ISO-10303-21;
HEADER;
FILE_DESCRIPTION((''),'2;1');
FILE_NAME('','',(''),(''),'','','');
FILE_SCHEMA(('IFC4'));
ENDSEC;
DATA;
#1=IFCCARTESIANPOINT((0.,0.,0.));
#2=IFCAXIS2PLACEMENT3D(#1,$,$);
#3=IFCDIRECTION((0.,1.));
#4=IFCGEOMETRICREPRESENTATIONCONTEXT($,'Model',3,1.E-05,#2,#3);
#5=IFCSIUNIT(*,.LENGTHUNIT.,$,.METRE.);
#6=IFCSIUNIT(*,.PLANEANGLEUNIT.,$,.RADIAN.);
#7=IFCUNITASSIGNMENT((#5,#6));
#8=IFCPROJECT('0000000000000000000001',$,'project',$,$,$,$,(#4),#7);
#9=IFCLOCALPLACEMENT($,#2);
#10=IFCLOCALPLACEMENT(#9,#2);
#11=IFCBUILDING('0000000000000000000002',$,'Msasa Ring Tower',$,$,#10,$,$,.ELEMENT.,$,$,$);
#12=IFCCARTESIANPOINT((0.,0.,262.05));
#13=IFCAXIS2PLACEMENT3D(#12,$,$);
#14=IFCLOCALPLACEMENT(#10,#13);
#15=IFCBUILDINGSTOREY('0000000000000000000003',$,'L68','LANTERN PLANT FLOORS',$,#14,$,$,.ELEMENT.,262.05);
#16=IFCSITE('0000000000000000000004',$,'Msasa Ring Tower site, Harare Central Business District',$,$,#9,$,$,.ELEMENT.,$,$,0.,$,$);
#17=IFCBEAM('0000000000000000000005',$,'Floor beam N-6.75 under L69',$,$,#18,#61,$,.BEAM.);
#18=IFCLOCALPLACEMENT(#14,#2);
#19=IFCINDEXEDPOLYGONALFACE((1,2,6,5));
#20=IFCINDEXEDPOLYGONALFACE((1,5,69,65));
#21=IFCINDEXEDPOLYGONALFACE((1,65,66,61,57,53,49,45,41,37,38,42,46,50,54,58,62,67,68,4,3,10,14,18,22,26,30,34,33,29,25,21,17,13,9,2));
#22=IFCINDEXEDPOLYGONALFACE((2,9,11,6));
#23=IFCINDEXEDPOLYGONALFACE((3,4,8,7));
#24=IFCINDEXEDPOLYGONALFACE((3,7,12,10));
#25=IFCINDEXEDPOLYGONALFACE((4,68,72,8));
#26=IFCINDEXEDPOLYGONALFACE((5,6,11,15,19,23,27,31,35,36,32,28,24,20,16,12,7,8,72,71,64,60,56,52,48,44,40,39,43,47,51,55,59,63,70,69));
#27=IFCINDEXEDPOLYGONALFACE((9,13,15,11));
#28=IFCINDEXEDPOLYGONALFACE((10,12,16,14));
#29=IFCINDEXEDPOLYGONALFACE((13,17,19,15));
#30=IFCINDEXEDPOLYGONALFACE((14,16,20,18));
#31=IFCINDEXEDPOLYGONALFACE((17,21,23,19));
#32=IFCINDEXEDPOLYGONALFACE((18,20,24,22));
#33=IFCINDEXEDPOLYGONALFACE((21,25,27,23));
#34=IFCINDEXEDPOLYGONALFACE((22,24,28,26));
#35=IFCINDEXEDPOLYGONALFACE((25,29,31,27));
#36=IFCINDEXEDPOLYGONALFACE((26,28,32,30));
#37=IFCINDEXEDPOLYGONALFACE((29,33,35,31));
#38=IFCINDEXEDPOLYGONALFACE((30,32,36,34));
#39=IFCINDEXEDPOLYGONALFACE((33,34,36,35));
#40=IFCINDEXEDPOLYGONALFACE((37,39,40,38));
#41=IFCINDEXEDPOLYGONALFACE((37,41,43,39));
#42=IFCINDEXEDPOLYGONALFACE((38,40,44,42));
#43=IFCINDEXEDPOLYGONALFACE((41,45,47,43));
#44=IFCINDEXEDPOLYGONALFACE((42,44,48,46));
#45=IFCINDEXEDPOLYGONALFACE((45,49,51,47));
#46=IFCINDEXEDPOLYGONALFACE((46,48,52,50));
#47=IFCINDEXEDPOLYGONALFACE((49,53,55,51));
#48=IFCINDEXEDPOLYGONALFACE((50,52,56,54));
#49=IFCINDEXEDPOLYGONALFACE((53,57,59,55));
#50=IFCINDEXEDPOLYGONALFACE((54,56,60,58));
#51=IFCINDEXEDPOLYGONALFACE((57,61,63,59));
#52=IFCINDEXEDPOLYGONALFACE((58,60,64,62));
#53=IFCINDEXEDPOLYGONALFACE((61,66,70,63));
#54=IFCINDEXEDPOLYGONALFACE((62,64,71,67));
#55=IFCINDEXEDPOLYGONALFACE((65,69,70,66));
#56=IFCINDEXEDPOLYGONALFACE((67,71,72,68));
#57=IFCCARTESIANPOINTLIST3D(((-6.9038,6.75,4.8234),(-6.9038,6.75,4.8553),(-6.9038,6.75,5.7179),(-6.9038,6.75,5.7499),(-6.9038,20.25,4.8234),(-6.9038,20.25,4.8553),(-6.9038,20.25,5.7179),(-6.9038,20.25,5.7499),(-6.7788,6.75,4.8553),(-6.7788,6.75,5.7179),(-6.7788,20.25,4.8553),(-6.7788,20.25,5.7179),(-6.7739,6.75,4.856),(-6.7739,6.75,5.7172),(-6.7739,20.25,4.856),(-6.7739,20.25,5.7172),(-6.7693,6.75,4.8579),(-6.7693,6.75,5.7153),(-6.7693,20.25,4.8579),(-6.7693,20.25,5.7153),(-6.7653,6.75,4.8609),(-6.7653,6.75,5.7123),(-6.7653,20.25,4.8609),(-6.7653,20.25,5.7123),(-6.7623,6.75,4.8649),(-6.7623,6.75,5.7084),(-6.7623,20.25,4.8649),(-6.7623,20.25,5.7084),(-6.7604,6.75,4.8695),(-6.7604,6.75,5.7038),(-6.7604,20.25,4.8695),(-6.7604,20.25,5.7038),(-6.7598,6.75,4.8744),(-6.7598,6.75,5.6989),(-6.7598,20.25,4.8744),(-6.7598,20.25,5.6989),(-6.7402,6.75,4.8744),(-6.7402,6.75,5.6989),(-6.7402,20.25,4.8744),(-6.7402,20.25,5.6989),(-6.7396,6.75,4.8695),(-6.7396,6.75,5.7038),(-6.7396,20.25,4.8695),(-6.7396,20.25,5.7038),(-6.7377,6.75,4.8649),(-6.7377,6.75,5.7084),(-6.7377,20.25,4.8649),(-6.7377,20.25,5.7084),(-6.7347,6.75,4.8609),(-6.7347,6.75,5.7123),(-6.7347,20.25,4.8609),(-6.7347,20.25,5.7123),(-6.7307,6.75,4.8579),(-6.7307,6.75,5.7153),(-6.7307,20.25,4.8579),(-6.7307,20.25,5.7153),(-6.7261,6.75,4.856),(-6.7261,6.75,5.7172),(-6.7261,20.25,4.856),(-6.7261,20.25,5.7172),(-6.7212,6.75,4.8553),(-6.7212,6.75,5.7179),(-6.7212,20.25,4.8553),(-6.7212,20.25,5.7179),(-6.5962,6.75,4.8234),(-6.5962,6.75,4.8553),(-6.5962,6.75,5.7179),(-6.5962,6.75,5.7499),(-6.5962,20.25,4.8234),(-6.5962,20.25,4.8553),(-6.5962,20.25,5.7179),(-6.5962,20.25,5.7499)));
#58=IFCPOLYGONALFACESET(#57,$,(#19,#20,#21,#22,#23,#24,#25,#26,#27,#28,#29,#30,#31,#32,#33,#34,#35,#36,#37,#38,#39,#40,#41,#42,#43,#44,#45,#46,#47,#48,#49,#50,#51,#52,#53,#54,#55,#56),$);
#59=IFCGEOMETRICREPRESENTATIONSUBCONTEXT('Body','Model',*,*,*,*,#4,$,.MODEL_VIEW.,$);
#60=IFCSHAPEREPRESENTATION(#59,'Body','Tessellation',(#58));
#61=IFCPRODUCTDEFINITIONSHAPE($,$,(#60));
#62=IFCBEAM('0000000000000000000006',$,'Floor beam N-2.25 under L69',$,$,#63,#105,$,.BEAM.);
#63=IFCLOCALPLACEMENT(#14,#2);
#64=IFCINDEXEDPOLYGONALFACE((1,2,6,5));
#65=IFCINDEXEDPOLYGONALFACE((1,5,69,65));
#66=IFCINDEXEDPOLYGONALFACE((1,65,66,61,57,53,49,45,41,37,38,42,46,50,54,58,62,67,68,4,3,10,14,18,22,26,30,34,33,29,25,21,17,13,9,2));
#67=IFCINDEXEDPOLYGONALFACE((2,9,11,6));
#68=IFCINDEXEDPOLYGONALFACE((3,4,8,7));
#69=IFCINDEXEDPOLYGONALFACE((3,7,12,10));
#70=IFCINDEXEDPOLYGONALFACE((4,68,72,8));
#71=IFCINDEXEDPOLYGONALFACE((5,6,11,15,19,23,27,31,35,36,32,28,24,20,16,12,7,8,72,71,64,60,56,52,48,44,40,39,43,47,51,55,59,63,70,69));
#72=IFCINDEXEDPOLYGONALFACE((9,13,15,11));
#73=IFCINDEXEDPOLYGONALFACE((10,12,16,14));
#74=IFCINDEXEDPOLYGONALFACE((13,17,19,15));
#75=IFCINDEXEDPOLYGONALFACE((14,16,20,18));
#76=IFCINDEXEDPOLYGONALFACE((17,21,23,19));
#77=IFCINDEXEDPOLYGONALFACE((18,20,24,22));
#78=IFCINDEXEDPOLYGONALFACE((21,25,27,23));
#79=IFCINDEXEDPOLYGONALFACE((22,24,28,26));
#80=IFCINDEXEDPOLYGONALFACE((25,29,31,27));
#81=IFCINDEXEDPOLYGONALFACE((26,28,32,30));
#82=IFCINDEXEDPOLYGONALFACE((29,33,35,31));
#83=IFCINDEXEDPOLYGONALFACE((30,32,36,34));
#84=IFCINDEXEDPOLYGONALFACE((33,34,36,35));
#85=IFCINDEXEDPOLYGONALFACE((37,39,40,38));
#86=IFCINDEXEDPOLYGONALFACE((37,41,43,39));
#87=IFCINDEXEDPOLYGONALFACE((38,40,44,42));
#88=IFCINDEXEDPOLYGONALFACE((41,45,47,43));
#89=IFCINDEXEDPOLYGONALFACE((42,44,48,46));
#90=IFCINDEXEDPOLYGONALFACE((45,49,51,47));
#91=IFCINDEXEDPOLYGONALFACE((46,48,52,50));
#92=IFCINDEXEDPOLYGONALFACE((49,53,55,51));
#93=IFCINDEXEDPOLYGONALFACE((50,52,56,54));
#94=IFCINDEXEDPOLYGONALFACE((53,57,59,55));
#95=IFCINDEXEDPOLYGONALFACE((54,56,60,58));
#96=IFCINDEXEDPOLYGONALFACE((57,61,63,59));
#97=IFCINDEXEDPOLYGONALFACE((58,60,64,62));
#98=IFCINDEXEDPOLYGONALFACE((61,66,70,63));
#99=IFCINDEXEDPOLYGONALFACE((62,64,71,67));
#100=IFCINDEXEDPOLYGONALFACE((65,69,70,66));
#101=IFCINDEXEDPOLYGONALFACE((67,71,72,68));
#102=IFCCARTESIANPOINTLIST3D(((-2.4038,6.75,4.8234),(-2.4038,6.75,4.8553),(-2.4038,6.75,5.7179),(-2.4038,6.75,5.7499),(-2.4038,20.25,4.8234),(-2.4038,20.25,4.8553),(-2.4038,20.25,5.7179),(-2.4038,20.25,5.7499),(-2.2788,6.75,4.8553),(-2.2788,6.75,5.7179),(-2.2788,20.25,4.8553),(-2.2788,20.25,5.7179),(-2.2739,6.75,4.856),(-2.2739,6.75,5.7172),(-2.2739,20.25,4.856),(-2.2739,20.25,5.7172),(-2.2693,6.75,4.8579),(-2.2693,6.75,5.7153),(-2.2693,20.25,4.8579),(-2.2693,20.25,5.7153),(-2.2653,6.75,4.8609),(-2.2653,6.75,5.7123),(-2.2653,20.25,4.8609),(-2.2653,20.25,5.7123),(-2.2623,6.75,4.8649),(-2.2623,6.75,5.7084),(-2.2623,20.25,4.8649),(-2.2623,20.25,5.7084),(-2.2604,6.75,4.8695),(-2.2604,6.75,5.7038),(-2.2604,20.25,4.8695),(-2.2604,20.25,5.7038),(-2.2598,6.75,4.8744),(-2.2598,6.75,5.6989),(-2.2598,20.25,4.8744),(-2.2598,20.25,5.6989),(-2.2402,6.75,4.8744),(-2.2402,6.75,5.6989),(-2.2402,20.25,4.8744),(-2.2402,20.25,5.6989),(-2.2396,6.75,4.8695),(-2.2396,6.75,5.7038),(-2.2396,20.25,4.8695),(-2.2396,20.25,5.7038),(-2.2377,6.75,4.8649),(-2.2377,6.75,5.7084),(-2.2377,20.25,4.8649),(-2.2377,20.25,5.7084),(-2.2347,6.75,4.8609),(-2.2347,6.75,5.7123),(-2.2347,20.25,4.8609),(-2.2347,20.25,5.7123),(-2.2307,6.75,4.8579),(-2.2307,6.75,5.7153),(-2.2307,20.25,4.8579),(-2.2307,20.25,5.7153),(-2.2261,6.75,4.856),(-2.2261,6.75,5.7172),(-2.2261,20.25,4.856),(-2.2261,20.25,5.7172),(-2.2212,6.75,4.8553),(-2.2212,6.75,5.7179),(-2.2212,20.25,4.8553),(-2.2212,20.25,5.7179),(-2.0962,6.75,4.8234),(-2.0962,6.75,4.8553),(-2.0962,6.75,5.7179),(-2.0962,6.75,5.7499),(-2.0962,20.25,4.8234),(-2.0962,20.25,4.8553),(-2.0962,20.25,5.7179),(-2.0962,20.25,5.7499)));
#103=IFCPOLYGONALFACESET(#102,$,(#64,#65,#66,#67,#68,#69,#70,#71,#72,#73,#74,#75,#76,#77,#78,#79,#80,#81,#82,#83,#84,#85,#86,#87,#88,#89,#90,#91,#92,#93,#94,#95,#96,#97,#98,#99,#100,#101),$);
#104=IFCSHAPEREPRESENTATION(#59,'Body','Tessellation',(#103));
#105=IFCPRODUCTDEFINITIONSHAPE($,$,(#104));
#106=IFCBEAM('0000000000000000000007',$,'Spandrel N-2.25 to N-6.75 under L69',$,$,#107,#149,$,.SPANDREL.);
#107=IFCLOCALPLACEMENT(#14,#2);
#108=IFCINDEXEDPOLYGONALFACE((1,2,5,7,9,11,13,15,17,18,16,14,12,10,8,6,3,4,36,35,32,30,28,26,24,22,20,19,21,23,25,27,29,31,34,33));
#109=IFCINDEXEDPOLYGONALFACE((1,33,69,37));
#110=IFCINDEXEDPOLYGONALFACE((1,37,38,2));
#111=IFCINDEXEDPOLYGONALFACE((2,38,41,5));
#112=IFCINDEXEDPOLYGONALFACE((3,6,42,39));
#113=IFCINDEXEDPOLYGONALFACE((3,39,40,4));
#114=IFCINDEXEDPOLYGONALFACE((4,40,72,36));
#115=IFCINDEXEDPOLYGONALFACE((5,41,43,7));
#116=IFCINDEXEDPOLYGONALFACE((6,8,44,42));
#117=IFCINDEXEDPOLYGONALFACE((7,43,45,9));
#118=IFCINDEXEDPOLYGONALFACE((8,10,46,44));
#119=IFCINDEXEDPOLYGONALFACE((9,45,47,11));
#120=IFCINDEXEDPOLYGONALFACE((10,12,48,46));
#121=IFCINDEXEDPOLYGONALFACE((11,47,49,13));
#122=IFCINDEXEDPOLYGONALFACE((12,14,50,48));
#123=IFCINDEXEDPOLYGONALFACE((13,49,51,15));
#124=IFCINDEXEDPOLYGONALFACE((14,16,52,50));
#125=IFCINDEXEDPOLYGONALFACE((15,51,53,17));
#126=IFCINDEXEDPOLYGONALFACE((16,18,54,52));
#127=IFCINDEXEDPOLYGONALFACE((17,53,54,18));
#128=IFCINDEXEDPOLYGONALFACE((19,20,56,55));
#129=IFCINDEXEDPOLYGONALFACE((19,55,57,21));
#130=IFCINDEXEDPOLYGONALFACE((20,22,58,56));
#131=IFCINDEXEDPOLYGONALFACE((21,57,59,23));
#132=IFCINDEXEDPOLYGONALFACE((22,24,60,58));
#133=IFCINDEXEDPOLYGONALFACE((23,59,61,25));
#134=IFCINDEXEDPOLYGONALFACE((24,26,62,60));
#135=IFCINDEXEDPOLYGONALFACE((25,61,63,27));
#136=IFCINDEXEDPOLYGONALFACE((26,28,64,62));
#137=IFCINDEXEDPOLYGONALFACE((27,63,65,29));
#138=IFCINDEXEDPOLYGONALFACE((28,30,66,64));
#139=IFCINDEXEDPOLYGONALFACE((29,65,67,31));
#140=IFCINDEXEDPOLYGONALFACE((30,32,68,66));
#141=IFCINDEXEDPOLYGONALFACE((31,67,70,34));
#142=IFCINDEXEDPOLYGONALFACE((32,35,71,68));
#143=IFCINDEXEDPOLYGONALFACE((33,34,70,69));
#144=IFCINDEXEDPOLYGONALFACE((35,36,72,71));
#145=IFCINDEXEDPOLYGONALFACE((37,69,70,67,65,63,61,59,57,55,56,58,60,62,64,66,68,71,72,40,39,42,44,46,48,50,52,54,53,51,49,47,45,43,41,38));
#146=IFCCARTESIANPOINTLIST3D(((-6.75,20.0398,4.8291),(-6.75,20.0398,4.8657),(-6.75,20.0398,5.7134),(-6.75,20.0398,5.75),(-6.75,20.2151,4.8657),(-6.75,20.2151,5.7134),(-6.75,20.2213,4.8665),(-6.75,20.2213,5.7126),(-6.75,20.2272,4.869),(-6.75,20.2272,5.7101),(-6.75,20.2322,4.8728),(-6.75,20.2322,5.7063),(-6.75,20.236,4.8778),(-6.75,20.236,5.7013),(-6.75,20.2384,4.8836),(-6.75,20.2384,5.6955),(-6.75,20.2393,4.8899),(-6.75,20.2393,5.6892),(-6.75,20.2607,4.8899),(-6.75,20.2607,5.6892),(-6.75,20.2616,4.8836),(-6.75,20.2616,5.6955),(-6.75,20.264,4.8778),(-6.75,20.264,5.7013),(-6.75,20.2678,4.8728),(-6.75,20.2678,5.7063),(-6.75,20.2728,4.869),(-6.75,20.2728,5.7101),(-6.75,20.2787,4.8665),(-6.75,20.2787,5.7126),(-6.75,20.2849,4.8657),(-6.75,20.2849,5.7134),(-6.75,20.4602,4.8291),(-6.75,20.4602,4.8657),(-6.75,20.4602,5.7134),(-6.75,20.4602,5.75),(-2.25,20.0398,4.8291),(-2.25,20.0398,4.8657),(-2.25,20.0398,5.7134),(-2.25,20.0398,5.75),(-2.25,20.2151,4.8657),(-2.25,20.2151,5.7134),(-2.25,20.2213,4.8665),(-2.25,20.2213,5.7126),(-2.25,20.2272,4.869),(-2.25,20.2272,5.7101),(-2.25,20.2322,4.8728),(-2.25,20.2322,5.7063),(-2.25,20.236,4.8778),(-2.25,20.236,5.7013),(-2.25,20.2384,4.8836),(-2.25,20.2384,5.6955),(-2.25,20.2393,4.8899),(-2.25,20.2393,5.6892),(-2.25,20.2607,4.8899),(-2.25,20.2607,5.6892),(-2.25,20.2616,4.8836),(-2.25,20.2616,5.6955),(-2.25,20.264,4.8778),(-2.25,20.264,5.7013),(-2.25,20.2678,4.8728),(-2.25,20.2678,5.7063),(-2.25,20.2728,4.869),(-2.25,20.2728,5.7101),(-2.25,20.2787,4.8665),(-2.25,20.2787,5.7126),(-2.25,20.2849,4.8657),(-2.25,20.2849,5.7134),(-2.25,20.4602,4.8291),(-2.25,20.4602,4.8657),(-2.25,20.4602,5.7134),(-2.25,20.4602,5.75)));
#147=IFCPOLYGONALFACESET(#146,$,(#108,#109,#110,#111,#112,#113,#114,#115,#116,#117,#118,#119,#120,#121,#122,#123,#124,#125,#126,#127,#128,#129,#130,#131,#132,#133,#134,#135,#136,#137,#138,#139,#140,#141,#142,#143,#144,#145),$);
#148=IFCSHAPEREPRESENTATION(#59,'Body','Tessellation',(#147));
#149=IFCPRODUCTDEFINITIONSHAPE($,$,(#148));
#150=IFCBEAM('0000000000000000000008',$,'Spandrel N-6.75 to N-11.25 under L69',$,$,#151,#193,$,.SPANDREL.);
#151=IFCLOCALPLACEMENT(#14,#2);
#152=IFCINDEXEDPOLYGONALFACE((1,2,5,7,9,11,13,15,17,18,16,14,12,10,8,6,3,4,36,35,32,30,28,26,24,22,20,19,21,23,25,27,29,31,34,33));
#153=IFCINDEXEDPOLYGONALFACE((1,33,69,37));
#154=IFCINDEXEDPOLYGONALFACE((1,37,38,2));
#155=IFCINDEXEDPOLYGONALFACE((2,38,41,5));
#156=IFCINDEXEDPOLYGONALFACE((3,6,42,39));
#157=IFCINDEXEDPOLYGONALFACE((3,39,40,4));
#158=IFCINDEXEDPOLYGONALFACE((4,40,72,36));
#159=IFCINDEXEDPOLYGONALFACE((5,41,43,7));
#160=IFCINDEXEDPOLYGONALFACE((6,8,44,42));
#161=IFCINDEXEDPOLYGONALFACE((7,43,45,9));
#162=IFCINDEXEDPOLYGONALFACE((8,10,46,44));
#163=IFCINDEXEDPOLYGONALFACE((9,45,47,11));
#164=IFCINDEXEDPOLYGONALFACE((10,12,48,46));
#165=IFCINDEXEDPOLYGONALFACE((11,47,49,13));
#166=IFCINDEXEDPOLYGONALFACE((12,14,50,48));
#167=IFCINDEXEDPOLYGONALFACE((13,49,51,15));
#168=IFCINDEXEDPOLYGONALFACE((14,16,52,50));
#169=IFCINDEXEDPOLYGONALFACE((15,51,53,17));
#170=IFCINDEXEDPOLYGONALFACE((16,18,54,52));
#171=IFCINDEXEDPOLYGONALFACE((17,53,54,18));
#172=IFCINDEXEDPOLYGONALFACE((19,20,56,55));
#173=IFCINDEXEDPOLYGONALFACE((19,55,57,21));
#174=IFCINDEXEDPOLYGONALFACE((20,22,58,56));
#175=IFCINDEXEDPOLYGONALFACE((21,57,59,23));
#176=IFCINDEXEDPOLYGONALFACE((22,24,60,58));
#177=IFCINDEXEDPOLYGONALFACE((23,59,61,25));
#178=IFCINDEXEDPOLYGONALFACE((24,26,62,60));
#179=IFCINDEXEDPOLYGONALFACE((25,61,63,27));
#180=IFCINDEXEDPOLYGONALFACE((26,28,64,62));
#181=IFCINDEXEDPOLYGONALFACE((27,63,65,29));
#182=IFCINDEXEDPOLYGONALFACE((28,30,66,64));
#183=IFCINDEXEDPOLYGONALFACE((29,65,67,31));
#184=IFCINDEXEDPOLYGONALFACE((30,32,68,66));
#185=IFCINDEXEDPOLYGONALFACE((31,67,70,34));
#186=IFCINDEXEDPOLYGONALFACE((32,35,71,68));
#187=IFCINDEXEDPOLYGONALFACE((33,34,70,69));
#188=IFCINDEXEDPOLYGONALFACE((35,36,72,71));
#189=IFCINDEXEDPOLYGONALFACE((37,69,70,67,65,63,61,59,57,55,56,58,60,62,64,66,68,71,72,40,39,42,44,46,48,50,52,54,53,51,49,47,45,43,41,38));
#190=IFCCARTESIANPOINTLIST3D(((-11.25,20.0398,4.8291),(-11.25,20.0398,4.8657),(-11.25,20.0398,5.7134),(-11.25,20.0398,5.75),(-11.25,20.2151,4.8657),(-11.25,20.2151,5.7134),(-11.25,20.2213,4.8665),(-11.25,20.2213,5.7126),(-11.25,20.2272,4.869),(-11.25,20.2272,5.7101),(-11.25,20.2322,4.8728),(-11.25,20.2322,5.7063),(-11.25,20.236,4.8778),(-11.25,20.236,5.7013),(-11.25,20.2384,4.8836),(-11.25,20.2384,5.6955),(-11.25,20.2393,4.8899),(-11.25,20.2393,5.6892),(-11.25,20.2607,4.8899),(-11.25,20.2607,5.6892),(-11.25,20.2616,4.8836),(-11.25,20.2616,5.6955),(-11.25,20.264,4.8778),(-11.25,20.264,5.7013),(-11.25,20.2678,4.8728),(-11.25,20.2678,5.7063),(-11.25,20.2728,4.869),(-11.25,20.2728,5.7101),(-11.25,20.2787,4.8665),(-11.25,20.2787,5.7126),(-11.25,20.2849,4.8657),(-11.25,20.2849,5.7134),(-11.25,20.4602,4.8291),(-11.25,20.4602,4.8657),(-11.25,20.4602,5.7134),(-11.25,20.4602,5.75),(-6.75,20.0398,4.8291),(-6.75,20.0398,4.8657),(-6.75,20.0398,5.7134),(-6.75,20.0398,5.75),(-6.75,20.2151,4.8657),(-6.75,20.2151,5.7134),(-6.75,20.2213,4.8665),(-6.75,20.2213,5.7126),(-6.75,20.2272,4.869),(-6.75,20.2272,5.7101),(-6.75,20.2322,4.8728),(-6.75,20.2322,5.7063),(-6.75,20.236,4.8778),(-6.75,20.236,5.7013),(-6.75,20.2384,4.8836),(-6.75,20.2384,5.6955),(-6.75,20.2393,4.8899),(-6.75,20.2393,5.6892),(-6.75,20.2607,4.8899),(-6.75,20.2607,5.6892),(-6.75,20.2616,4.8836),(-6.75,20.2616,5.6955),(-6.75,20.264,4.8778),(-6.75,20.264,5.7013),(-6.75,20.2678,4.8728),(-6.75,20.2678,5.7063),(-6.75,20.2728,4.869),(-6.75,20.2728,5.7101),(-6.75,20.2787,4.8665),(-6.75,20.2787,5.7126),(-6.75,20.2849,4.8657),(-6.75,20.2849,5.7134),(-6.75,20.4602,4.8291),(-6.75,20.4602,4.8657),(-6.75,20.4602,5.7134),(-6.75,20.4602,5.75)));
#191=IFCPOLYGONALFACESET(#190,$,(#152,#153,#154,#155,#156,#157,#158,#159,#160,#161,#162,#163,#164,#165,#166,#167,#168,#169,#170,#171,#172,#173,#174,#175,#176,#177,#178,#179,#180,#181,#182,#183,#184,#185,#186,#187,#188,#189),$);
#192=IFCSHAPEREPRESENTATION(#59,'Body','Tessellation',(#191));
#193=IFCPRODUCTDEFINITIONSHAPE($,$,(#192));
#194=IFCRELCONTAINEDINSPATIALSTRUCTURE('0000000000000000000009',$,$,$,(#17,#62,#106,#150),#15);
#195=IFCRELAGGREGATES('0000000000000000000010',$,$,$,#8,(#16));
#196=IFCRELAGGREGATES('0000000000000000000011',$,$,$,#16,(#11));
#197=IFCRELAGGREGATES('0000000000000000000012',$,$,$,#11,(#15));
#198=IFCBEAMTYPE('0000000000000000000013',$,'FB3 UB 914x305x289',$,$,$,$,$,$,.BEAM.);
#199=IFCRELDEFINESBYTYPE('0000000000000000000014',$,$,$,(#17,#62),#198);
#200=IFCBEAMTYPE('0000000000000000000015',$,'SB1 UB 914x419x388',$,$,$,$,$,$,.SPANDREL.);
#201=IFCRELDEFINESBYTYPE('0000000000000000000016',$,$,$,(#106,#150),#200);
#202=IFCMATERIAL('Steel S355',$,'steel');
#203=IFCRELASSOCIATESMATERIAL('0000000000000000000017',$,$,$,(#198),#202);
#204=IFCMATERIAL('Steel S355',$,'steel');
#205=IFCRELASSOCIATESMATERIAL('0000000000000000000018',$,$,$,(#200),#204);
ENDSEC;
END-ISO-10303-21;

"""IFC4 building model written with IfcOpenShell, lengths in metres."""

from ifc_helpers import new_model, si_unit, direction, frame, origin, origin_2d, place, context, subcontext, project, spatial, i_section, extrude, material, material_profile, profile_set, type_object, element, save


model = new_model("IFC4")

# Units and contexts
model_context = context("Model", 3, precision=1e-05, world=origin(), true_north=direction((0.0, 1.0)))
body_context = subcontext(model_context, "Body", "Model", "MODEL_VIEW")
ifc_project = project(units=[si_unit("LENGTHUNIT", "METRE"), si_unit("PLANEANGLEUNIT", "RADIAN")], contexts=[model_context])

# Site, building, storey
site_placement = place(None, origin())
site = spatial("IfcSite", under=ifc_project, at=site_placement, Name="Msasa Ring Tower site, Harare Central Business District", CompositionType="ELEMENT", RefElevation=0.0)
building_placement = place(site_placement, origin())
building = spatial("IfcBuilding", under=site, at=building_placement, Name="Msasa Ring Tower", CompositionType="ELEMENT")
storey_placement = place(building_placement, frame((0.0, 0.0, 262.05)))
storey = spatial("IfcBuildingStorey", under=building, at=storey_placement, Name="L68", Description="LANTERN PLANT FLOORS", CompositionType="ELEMENT", Elevation=262.05)

# Beams
ifc_material_1 = material(Name="Steel S355", Category="steel")
ifc_material_profile_1 = material_profile(ifc_material_1, i_section(OverallWidth=0.3076, OverallDepth=0.9265, WebThickness=0.0195, FlangeThickness=0.032, FilletRadius=0.019, at=origin_2d()), Name="UB 914x305x289")
ifc_profile_set_1 = profile_set([ifc_material_profile_1], Name="Steel S355")
beam_type_1 = type_object("IfcBeamType", Name="FB3 UB 914x305x289", PredefinedType="BEAM", material=ifc_profile_set_1)
for number, where, z_axis, x_axis, name in (
    (1, (-6.75, 20.25, 5.2866), (0.0, -1.0, 0.0), (1.0, 0.0, 0.0), "Floor beam N-6.75 under L69"),
    (2, (-2.25, 20.25, 5.2866), (0.0, -1.0, 0.0), (1.0, 0.0, 0.0), "Floor beam N-2.25 under L69"),
):
    element("IfcBeam", number, at=place(storey_placement, frame(where, z_axis=z_axis, x_axis=x_axis)), inside=storey, type_object=beam_type_1, Name=name, PredefinedType="BEAM", context=body_context, shape_type="SweptSolid", body=[
        extrude(i_section(OverallWidth=0.3076, OverallDepth=0.9265, WebThickness=0.0195, FlangeThickness=0.032, FilletRadius=0.019, at=origin_2d()), origin(), (0.0, 0.0, 1.0), 13.5),
    ])
ifc_material_2 = material(Name="Steel S355", Category="steel")
ifc_material_profile_2 = material_profile(ifc_material_2, i_section(OverallWidth=0.4204, OverallDepth=0.9209, WebThickness=0.0215, FlangeThickness=0.0366, FilletRadius=0.0242, at=origin_2d()), Name="UB 914x419x388")
ifc_profile_set_2 = profile_set([ifc_material_profile_2], Name="Steel S355")
beam_type_2 = type_object("IfcBeamType", Name="SB1 UB 914x419x388", PredefinedType="SPANDREL", material=ifc_profile_set_2)
for number, where, z_axis, x_axis, name in (
    (3, (-2.25, 20.25, 5.2896), (-1.0, 0.0, 0.0), (0.0, -1.0, 0.0), "Spandrel N-2.25 to N-6.75 under L69"),
    (4, (-6.75, 20.25, 5.2896), (-1.0, 0.0, 0.0), (0.0, -1.0, 0.0), "Spandrel N-6.75 to N-11.25 under L69"),
):
    element("IfcBeam", number, at=place(storey_placement, frame(where, z_axis=z_axis, x_axis=x_axis)), inside=storey, type_object=beam_type_2, Name=name, PredefinedType="SPANDREL", context=body_context, shape_type="SweptSolid", body=[
        extrude(i_section(OverallWidth=0.4204, OverallDepth=0.9209, WebThickness=0.0215, FlangeThickness=0.0366, FilletRadius=0.0242, at=origin_2d()), origin(), (0.0, 0.0, 1.0), 4.5),
    ])

save(model, "model.ifc")
